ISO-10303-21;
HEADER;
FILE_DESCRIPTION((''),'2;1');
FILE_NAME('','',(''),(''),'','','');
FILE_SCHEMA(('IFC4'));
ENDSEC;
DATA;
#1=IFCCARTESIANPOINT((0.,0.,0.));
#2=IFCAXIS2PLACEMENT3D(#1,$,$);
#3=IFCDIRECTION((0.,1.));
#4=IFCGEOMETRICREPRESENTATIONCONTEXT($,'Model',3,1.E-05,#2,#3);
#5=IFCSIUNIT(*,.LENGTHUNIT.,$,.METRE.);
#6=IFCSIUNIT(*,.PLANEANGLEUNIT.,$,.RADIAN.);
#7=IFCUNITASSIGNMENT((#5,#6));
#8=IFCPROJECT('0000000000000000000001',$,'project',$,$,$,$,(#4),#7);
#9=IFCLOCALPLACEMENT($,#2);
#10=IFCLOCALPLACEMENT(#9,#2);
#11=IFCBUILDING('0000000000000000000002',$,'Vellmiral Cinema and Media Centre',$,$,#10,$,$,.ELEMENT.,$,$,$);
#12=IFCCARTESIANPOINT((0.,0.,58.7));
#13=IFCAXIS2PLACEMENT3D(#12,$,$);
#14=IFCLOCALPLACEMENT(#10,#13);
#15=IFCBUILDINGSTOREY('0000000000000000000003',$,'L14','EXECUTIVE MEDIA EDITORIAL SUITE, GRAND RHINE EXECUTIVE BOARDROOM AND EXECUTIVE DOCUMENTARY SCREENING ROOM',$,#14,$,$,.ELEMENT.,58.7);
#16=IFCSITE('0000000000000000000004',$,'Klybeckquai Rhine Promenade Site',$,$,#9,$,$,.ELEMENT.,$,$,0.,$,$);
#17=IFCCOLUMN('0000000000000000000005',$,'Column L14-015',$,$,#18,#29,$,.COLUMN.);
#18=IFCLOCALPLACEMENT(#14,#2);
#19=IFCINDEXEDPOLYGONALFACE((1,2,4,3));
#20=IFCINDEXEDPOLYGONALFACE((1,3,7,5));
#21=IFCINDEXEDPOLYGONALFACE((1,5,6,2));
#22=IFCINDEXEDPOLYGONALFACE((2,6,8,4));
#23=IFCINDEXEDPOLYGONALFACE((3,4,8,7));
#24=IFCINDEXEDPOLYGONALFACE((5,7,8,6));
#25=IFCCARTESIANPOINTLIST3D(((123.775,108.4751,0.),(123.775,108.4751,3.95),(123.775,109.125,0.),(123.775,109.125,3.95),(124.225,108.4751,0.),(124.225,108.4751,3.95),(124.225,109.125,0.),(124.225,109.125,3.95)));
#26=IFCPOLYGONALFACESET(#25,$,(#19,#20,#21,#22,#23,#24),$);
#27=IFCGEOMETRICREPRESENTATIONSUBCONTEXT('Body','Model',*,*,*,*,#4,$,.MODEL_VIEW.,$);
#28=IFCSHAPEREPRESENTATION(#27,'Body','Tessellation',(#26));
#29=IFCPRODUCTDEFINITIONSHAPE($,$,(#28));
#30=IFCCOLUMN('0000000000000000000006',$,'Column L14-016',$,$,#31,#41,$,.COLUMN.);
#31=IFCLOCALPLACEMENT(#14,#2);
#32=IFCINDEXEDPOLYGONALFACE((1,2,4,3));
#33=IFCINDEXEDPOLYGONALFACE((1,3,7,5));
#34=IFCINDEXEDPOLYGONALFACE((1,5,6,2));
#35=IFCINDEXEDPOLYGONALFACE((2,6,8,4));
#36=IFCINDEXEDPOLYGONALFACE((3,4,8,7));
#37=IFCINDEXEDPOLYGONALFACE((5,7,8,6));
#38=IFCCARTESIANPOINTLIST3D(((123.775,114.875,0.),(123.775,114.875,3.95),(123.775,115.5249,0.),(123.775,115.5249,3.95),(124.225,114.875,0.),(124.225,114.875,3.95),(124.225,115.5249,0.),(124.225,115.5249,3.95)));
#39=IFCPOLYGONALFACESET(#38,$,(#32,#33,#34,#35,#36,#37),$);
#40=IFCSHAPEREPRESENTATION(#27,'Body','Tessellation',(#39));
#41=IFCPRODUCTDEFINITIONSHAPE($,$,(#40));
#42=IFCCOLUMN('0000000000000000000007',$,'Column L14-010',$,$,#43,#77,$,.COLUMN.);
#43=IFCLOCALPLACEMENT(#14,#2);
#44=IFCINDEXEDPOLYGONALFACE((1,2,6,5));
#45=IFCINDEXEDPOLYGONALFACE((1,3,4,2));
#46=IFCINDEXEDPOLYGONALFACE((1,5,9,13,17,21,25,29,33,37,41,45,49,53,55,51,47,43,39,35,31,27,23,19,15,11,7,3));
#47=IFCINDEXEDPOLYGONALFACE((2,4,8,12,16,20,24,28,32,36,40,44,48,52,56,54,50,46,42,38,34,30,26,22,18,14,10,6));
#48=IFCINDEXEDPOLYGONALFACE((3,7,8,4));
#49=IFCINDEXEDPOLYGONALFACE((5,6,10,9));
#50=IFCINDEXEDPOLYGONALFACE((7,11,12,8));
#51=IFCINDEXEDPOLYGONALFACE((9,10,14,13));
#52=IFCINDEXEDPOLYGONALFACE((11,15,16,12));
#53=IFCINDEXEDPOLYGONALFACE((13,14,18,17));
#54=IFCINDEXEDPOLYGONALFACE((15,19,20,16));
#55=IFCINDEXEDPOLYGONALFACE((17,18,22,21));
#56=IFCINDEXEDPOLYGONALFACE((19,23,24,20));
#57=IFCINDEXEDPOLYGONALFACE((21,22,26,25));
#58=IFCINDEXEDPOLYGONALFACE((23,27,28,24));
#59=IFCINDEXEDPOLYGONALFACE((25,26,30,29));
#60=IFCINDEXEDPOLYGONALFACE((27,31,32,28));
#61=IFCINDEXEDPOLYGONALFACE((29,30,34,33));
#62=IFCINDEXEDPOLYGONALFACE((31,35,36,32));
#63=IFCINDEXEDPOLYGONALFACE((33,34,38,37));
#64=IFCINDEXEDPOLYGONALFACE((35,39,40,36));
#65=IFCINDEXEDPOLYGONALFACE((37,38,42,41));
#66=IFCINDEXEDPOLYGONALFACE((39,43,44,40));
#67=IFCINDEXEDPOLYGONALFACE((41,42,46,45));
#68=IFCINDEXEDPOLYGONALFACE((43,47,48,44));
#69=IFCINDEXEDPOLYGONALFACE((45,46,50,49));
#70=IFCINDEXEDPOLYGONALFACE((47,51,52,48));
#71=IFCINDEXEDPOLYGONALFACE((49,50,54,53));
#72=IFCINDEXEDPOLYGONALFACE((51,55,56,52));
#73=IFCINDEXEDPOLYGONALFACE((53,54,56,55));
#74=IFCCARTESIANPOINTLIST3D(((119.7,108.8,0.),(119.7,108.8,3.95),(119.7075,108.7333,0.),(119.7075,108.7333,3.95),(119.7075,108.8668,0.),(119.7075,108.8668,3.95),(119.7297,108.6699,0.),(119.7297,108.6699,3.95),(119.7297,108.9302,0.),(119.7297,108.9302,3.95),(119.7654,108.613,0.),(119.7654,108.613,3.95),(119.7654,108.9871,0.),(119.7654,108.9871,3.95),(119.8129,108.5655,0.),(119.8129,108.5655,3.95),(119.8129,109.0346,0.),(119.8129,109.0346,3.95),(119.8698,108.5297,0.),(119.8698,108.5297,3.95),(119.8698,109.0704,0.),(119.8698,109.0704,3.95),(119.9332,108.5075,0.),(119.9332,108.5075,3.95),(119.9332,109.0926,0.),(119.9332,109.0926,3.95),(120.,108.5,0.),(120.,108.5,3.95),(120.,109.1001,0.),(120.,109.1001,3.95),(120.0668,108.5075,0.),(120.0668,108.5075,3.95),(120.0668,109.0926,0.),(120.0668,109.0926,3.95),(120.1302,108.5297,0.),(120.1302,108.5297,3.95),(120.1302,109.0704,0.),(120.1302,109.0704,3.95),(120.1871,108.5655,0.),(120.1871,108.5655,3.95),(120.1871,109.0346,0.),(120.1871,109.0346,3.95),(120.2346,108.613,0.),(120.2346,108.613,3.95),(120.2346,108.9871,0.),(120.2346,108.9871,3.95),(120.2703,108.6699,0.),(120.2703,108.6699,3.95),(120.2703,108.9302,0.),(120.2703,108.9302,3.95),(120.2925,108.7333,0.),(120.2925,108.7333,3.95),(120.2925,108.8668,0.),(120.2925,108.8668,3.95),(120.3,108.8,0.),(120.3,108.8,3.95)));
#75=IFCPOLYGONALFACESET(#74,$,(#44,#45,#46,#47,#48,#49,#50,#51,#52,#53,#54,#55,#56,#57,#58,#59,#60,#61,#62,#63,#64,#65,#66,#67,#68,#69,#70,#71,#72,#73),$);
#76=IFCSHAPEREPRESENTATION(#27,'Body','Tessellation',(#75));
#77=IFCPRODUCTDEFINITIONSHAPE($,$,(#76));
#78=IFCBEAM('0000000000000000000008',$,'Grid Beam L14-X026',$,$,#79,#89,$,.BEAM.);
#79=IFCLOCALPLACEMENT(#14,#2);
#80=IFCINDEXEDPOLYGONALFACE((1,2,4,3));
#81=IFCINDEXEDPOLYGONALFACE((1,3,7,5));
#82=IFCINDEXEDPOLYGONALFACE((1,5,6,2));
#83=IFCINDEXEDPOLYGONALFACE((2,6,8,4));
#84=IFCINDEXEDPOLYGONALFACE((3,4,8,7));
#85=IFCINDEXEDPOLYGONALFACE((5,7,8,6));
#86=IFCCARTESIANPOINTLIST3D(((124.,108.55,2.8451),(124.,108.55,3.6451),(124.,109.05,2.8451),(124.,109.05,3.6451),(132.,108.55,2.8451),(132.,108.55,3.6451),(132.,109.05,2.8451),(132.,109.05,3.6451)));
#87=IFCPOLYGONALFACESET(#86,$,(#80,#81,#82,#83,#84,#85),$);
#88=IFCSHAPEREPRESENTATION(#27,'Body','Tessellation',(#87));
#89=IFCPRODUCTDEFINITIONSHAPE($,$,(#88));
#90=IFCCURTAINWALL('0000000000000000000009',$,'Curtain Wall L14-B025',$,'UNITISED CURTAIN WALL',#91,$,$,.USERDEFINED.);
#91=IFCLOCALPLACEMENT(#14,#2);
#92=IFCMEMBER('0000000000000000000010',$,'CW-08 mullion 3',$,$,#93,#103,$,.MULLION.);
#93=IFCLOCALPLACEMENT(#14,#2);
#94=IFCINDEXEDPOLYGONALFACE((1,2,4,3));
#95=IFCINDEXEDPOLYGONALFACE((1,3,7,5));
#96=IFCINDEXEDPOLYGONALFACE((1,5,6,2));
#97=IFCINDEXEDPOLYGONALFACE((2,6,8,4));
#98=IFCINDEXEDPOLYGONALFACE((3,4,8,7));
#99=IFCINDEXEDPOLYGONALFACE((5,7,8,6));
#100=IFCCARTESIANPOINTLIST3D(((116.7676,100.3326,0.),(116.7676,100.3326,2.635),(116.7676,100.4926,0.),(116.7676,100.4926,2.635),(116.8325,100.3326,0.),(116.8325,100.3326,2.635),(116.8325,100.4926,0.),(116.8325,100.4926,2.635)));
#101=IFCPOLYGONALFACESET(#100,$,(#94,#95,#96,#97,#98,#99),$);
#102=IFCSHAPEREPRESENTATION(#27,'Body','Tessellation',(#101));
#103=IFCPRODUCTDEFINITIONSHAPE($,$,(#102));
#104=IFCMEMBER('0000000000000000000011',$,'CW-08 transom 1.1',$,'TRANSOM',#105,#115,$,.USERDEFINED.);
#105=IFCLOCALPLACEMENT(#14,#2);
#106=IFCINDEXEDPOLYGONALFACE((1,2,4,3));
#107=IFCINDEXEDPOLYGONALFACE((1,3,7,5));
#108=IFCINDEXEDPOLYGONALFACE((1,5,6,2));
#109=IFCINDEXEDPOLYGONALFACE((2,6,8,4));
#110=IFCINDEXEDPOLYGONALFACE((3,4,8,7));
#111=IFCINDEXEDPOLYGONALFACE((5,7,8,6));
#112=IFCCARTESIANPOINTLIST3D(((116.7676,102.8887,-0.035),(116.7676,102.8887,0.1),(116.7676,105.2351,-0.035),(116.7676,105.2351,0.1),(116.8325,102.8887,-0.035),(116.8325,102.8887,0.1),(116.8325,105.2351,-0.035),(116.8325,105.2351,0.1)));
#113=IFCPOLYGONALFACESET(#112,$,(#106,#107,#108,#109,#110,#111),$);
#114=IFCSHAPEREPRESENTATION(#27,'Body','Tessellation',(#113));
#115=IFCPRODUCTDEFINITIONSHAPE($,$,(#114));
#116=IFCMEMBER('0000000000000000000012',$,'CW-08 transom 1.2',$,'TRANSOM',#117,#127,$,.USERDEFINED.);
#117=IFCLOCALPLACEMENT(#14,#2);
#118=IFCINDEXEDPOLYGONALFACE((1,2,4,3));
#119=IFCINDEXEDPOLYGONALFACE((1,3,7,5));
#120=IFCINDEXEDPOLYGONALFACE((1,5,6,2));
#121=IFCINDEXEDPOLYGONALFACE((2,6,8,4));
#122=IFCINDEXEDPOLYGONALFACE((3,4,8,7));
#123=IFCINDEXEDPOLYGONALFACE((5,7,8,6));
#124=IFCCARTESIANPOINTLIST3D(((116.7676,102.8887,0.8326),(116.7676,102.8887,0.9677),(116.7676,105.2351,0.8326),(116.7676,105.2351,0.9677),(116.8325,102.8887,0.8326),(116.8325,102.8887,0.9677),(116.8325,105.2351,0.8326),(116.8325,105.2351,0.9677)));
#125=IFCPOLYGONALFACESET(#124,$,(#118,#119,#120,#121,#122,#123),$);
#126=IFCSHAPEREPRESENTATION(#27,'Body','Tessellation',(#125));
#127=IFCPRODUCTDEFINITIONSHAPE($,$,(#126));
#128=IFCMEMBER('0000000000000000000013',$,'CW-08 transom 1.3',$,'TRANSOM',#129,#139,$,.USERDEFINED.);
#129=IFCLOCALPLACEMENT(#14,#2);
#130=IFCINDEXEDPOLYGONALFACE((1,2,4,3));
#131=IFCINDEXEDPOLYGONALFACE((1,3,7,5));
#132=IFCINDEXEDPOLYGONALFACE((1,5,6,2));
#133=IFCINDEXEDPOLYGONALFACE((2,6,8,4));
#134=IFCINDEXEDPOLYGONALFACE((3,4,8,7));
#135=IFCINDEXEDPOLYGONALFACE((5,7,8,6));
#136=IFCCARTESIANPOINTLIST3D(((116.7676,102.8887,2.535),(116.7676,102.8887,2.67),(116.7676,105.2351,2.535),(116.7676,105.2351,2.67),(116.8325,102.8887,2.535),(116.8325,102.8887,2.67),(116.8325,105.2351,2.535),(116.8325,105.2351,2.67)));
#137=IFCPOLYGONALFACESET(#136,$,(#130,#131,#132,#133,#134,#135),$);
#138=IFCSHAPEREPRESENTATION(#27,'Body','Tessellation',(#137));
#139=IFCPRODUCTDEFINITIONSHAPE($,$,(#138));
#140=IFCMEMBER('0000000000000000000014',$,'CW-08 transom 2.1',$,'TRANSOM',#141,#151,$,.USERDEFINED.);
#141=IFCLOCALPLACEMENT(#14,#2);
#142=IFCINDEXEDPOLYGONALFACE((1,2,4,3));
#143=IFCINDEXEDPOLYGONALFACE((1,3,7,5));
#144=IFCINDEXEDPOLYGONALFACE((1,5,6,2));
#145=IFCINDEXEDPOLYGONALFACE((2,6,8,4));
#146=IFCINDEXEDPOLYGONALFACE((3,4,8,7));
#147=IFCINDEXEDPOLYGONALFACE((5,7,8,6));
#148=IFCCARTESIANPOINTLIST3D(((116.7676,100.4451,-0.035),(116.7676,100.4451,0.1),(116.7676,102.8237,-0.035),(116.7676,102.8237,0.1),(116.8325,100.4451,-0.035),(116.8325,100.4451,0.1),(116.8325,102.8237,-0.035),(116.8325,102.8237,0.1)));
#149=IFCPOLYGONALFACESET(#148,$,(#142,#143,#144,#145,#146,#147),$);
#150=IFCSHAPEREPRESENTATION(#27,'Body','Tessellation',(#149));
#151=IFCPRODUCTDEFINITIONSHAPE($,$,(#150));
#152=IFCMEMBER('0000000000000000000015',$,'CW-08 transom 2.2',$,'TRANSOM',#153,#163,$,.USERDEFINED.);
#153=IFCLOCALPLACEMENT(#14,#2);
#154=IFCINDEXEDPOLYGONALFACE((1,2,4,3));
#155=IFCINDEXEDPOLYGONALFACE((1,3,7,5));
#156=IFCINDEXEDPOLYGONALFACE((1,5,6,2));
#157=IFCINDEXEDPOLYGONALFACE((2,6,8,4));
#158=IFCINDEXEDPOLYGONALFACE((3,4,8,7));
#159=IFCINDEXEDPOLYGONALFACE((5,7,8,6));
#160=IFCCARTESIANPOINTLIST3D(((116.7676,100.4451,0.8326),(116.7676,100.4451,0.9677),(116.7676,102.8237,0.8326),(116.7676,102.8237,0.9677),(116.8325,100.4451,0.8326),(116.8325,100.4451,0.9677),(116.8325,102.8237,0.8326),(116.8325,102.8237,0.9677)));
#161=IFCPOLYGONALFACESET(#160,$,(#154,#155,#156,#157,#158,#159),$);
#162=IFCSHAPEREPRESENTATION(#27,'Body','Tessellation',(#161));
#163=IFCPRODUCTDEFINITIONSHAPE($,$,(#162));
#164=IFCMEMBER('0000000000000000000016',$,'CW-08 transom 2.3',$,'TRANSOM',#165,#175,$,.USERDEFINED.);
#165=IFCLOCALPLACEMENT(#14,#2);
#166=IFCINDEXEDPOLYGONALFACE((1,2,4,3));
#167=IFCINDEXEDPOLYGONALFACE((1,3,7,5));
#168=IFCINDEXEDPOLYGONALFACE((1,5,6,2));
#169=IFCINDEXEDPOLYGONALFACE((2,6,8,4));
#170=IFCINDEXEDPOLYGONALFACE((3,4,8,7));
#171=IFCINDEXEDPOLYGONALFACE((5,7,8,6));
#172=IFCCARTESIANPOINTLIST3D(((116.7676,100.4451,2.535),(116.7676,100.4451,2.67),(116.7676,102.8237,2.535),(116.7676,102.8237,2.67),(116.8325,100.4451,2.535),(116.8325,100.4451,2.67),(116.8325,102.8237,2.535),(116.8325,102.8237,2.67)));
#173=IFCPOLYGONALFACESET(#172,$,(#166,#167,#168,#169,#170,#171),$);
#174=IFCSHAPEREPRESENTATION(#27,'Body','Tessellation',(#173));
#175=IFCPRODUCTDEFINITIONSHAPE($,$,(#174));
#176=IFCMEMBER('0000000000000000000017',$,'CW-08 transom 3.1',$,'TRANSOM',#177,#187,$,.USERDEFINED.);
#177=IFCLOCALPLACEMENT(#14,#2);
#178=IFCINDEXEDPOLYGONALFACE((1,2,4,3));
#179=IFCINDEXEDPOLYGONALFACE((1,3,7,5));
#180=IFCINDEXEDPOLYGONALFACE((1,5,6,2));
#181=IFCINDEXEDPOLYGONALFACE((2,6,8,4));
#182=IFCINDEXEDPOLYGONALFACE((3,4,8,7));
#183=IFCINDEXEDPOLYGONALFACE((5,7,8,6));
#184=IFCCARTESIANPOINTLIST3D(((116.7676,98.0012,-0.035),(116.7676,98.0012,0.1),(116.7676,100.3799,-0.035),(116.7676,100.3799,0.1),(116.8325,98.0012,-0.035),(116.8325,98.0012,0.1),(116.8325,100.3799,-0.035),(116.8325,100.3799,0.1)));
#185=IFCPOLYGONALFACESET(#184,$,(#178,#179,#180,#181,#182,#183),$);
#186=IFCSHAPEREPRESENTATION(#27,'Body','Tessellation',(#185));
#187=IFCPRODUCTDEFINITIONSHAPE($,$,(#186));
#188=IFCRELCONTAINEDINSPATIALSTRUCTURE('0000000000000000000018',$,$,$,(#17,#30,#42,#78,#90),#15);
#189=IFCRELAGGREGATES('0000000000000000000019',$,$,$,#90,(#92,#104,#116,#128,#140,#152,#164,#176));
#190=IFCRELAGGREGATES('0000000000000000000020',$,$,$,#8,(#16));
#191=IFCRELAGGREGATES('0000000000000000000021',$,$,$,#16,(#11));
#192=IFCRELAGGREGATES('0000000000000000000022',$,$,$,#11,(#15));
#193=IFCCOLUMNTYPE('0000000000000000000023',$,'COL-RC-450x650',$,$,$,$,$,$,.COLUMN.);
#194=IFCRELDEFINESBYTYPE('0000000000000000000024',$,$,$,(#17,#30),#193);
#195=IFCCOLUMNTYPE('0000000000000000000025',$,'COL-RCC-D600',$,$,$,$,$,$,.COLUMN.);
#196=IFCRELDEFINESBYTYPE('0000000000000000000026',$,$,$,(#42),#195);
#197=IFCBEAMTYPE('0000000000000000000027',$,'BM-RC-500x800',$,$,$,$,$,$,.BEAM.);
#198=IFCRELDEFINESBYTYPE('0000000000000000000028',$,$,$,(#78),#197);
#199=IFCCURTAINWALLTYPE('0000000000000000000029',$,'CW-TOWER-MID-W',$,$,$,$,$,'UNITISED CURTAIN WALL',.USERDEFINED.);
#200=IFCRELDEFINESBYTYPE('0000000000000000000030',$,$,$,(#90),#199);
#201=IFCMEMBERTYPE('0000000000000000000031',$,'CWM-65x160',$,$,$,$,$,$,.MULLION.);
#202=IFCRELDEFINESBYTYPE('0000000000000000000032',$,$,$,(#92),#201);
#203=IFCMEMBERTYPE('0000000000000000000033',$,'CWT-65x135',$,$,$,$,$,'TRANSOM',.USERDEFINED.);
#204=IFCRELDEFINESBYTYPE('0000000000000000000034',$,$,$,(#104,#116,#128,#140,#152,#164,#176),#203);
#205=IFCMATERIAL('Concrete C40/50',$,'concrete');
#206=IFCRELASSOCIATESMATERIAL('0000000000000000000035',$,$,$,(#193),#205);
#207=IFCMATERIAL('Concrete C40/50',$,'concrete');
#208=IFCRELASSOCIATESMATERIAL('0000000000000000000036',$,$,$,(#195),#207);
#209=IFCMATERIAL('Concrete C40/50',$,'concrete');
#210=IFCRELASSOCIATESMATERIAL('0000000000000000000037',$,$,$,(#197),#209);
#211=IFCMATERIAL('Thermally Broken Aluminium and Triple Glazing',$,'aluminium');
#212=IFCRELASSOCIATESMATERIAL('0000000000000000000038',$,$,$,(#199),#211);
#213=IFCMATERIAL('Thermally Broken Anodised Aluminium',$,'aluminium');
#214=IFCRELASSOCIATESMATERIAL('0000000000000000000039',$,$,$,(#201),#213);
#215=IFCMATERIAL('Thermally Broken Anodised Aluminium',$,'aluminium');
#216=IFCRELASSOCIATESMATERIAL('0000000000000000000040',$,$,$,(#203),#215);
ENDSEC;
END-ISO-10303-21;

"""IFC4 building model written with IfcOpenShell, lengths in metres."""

from ifc_helpers import new_model, si_unit, direction, frame, origin, origin_2d, place, context, subcontext, project, spatial, rectangle, circle, extrude, material, material_profile, profile_set, type_object, element, aggregate, save


model = new_model("IFC4")

# Units and contexts
model_context = context("Model", 3, precision=1e-05, world=origin(), true_north=direction((0.0, 1.0)))
body_context = subcontext(model_context, "Body", "Model", "MODEL_VIEW")
ifc_project = project(units=[si_unit("LENGTHUNIT", "METRE"), si_unit("PLANEANGLEUNIT", "RADIAN")], contexts=[model_context])

# Site, building, storey
site_placement = place(None, origin())
site = spatial("IfcSite", under=ifc_project, at=site_placement, Name="Klybeckquai Rhine Promenade Site", CompositionType="ELEMENT", RefElevation=0.0)
building_placement = place(site_placement, origin())
building = spatial("IfcBuilding", under=site, at=building_placement, Name="Vellmiral Cinema and Media Centre", CompositionType="ELEMENT")
storey_placement = place(building_placement, frame((0.0, 0.0, 58.7)))
storey = spatial("IfcBuildingStorey", under=building, at=storey_placement, Name="L14", Description="EXECUTIVE MEDIA EDITORIAL SUITE, GRAND RHINE EXECUTIVE BOARDROOM AND EXECUTIVE DOCUMENTARY SCREENING ROOM", CompositionType="ELEMENT", Elevation=58.7)

# Columns
ifc_material_1 = material(Name="Concrete C40/50", Category="concrete")
ifc_material_profile_1 = material_profile(ifc_material_1, rectangle(XDim=0.45, YDim=0.6499, at=origin_2d()), Name="RC 450x650")
ifc_profile_set_1 = profile_set([ifc_material_profile_1], Name="Concrete C40/50")
column_type_1 = type_object("IfcColumnType", Name="COL-RC-450x650", PredefinedType="COLUMN", material=ifc_profile_set_1)
for number, where, z_axis, x_axis, name in (
    (1, (124.0, 108.8, 0.0), (0.0, 0.0, 1.0), (1.0, 0.0, 0.0), "Column L14-015"),
    (2, (124.0, 115.2, 0.0), (0.0, 0.0, 1.0), (1.0, 0.0, 0.0), "Column L14-016"),
):
    element("IfcColumn", number, at=place(storey_placement, frame(where, z_axis=z_axis, x_axis=x_axis)), inside=storey, type_object=column_type_1, Name=name, PredefinedType="COLUMN", context=body_context, shape_type="SweptSolid", body=[
        extrude(rectangle(XDim=0.45, YDim=0.6499, at=origin_2d()), origin(), (0.0, 0.0, 1.0), 3.95),
    ])
ifc_material_2 = material(Name="Concrete C40/50", Category="concrete")
ifc_material_profile_2 = material_profile(ifc_material_2, circle(Radius=0.3, at=origin_2d()), Name="RC D600")
ifc_profile_set_2 = profile_set([ifc_material_profile_2], Name="Concrete C40/50")
column_type_2 = type_object("IfcColumnType", Name="COL-RCC-D600", PredefinedType="COLUMN", material=ifc_profile_set_2)
column_placement = place(storey_placement, frame((120.0, 108.8, 0.0), z_axis=(0.0, 0.0, 1.0), x_axis=(1.0, 0.0, 0.0)))
element("IfcColumn", 3, at=column_placement, inside=storey, type_object=column_type_2, Name="Column L14-010", PredefinedType="COLUMN", context=body_context, shape_type="SweptSolid", body=[
    extrude(circle(Radius=0.3, at=origin_2d()), origin(), (0.0, 0.0, 1.0), 3.95),
])

# Beam
ifc_material_3 = material(Name="Concrete C40/50", Category="concrete")
ifc_material_profile_3 = material_profile(ifc_material_3, rectangle(XDim=0.5, YDim=0.8, at=origin_2d()), Name="RC 500x800")
ifc_profile_set_3 = profile_set([ifc_material_profile_3], Name="Concrete C40/50")
beam_type_1 = type_object("IfcBeamType", Name="BM-RC-500x800", PredefinedType="BEAM", material=ifc_profile_set_3)
beam_1_placement = place(storey_placement, frame((124.0, 108.8, 3.2451), z_axis=(1.0, 0.0, 0.0), x_axis=(0.0, 1.0, 0.0)))
element("IfcBeam", 4, at=beam_1_placement, inside=storey, type_object=beam_type_1, Name="Grid Beam L14-X026", PredefinedType="BEAM", context=body_context, shape_type="SweptSolid", body=[
    extrude(rectangle(XDim=0.5, YDim=0.8, at=origin_2d()), origin(), (0.0, 0.0, 1.0), 8.0),
])

# Curtain wall, members
ifc_material_4 = material(Name="Thermally Broken Aluminium and Triple Glazing", Category="aluminium")
curtain_wall_type = type_object("IfcCurtainWallType", Name="CW-TOWER-MID-W", ElementType="UNITISED CURTAIN WALL", PredefinedType="USERDEFINED", material=ifc_material_4)
curtain_wall_placement = place(storey_placement, origin())
curtain_wall = element("IfcCurtainWall", 5, at=curtain_wall_placement, inside=storey, type_object=curtain_wall_type, Name="Curtain Wall L14-B025", ObjectType="UNITISED CURTAIN WALL", PredefinedType="USERDEFINED")
ifc_material_5 = material(Name="Thermally Broken Anodised Aluminium", Category="aluminium")
ifc_material_profile_4 = material_profile(ifc_material_5, rectangle(XDim=0.0649, YDim=0.1599, at=origin_2d()), Name="MULL 65x160")
ifc_profile_set_4 = profile_set([ifc_material_profile_4], Name="Thermally Broken Anodised Aluminium")
member_type_1 = type_object("IfcMemberType", Name="CWM-65x160", PredefinedType="MULLION", material=ifc_profile_set_4)
member_1_placement = place(storey_placement, frame((116.8, 100.4126, 0.0), z_axis=(0.0, 0.0, 1.0), x_axis=(1.0, 0.0, 0.0)))
member_1 = element("IfcMember", 6, at=member_1_placement, type_object=member_type_1, Name="CW-08 mullion 3", PredefinedType="MULLION", context=body_context, shape_type="SweptSolid", body=[
    extrude(rectangle(XDim=0.0649, YDim=0.1599, at=origin_2d()), origin(), (0.0, 0.0, 1.0), 2.635),
])
ifc_material_6 = material(Name="Thermally Broken Anodised Aluminium", Category="aluminium")
ifc_material_profile_5 = material_profile(ifc_material_6, rectangle(XDim=0.0649, YDim=0.135, at=origin_2d()), Name="MULL 65x135")
ifc_profile_set_5 = profile_set([ifc_material_profile_5], Name="Thermally Broken Anodised Aluminium")
member_type_2 = type_object("IfcMemberType", Name="CWT-65x135", ElementType="TRANSOM", PredefinedType="USERDEFINED", material=ifc_profile_set_5)
member_2_placement = place(storey_placement, frame((116.8, 105.2351, 0.0325), z_axis=(0.0, -1.0, 0.0), x_axis=(1.0, 0.0, 0.0)))
member_2 = element("IfcMember", 7, at=member_2_placement, type_object=member_type_2, Name="CW-08 transom 1.1", ObjectType="TRANSOM", PredefinedType="USERDEFINED", context=body_context, shape_type="SweptSolid", body=[
    extrude(rectangle(XDim=0.0649, YDim=0.135, at=origin_2d()), origin(), (0.0, 0.0, 1.0), 2.3464),
])
member_3_placement = place(storey_placement, frame((116.8, 105.2351, 0.9001), z_axis=(0.0, -1.0, 0.0), x_axis=(1.0, 0.0, 0.0)))
member_3 = element("IfcMember", 8, at=member_3_placement, type_object=member_type_2, Name="CW-08 transom 1.2", ObjectType="TRANSOM", PredefinedType="USERDEFINED", context=body_context, shape_type="SweptSolid", body=[
    extrude(rectangle(XDim=0.0649, YDim=0.135, at=origin_2d()), origin(), (0.0, 0.0, 1.0), 2.3464),
])
member_4_placement = place(storey_placement, frame((116.8, 105.2351, 2.6025), z_axis=(0.0, -1.0, 0.0), x_axis=(1.0, 0.0, 0.0)))
member_4 = element("IfcMember", 9, at=member_4_placement, type_object=member_type_2, Name="CW-08 transom 1.3", ObjectType="TRANSOM", PredefinedType="USERDEFINED", context=body_context, shape_type="SweptSolid", body=[
    extrude(rectangle(XDim=0.0649, YDim=0.135, at=origin_2d()), origin(), (0.0, 0.0, 1.0), 2.3464),
])
member_5_placement = place(storey_placement, frame((116.8, 102.8237, 0.0325), z_axis=(0.0, -1.0, 0.0), x_axis=(1.0, 0.0, 0.0)))
member_5 = element("IfcMember", 10, at=member_5_placement, type_object=member_type_2, Name="CW-08 transom 2.1", ObjectType="TRANSOM", PredefinedType="USERDEFINED", context=body_context, shape_type="SweptSolid", body=[
    extrude(rectangle(XDim=0.0649, YDim=0.135, at=origin_2d()), origin(), (0.0, 0.0, 1.0), 2.3787),
])
member_6_placement = place(storey_placement, frame((116.8, 102.8237, 0.9001), z_axis=(0.0, -1.0, 0.0), x_axis=(1.0, 0.0, 0.0)))
member_6 = element("IfcMember", 11, at=member_6_placement, type_object=member_type_2, Name="CW-08 transom 2.2", ObjectType="TRANSOM", PredefinedType="USERDEFINED", context=body_context, shape_type="SweptSolid", body=[
    extrude(rectangle(XDim=0.0649, YDim=0.135, at=origin_2d()), origin(), (0.0, 0.0, 1.0), 2.3787),
])
member_7_placement = place(storey_placement, frame((116.8, 102.8237, 2.6025), z_axis=(0.0, -1.0, 0.0), x_axis=(1.0, 0.0, 0.0)))
member_7 = element("IfcMember", 12, at=member_7_placement, type_object=member_type_2, Name="CW-08 transom 2.3", ObjectType="TRANSOM", PredefinedType="USERDEFINED", context=body_context, shape_type="SweptSolid", body=[
    extrude(rectangle(XDim=0.0649, YDim=0.135, at=origin_2d()), origin(), (0.0, 0.0, 1.0), 2.3787),
])
member_8_placement = place(storey_placement, frame((116.8, 100.3799, 0.0325), z_axis=(0.0, -1.0, 0.0), x_axis=(1.0, 0.0, 0.0)))
member_8 = element("IfcMember", 13, at=member_8_placement, type_object=member_type_2, Name="CW-08 transom 3.1", ObjectType="TRANSOM", PredefinedType="USERDEFINED", context=body_context, shape_type="SweptSolid", body=[
    extrude(rectangle(XDim=0.0649, YDim=0.135, at=origin_2d()), origin(), (0.0, 0.0, 1.0), 2.3787),
])

aggregate(curtain_wall, [member_1, member_2, member_3, member_4, member_5, member_6, member_7, member_8])

save(model, "model.ifc")
